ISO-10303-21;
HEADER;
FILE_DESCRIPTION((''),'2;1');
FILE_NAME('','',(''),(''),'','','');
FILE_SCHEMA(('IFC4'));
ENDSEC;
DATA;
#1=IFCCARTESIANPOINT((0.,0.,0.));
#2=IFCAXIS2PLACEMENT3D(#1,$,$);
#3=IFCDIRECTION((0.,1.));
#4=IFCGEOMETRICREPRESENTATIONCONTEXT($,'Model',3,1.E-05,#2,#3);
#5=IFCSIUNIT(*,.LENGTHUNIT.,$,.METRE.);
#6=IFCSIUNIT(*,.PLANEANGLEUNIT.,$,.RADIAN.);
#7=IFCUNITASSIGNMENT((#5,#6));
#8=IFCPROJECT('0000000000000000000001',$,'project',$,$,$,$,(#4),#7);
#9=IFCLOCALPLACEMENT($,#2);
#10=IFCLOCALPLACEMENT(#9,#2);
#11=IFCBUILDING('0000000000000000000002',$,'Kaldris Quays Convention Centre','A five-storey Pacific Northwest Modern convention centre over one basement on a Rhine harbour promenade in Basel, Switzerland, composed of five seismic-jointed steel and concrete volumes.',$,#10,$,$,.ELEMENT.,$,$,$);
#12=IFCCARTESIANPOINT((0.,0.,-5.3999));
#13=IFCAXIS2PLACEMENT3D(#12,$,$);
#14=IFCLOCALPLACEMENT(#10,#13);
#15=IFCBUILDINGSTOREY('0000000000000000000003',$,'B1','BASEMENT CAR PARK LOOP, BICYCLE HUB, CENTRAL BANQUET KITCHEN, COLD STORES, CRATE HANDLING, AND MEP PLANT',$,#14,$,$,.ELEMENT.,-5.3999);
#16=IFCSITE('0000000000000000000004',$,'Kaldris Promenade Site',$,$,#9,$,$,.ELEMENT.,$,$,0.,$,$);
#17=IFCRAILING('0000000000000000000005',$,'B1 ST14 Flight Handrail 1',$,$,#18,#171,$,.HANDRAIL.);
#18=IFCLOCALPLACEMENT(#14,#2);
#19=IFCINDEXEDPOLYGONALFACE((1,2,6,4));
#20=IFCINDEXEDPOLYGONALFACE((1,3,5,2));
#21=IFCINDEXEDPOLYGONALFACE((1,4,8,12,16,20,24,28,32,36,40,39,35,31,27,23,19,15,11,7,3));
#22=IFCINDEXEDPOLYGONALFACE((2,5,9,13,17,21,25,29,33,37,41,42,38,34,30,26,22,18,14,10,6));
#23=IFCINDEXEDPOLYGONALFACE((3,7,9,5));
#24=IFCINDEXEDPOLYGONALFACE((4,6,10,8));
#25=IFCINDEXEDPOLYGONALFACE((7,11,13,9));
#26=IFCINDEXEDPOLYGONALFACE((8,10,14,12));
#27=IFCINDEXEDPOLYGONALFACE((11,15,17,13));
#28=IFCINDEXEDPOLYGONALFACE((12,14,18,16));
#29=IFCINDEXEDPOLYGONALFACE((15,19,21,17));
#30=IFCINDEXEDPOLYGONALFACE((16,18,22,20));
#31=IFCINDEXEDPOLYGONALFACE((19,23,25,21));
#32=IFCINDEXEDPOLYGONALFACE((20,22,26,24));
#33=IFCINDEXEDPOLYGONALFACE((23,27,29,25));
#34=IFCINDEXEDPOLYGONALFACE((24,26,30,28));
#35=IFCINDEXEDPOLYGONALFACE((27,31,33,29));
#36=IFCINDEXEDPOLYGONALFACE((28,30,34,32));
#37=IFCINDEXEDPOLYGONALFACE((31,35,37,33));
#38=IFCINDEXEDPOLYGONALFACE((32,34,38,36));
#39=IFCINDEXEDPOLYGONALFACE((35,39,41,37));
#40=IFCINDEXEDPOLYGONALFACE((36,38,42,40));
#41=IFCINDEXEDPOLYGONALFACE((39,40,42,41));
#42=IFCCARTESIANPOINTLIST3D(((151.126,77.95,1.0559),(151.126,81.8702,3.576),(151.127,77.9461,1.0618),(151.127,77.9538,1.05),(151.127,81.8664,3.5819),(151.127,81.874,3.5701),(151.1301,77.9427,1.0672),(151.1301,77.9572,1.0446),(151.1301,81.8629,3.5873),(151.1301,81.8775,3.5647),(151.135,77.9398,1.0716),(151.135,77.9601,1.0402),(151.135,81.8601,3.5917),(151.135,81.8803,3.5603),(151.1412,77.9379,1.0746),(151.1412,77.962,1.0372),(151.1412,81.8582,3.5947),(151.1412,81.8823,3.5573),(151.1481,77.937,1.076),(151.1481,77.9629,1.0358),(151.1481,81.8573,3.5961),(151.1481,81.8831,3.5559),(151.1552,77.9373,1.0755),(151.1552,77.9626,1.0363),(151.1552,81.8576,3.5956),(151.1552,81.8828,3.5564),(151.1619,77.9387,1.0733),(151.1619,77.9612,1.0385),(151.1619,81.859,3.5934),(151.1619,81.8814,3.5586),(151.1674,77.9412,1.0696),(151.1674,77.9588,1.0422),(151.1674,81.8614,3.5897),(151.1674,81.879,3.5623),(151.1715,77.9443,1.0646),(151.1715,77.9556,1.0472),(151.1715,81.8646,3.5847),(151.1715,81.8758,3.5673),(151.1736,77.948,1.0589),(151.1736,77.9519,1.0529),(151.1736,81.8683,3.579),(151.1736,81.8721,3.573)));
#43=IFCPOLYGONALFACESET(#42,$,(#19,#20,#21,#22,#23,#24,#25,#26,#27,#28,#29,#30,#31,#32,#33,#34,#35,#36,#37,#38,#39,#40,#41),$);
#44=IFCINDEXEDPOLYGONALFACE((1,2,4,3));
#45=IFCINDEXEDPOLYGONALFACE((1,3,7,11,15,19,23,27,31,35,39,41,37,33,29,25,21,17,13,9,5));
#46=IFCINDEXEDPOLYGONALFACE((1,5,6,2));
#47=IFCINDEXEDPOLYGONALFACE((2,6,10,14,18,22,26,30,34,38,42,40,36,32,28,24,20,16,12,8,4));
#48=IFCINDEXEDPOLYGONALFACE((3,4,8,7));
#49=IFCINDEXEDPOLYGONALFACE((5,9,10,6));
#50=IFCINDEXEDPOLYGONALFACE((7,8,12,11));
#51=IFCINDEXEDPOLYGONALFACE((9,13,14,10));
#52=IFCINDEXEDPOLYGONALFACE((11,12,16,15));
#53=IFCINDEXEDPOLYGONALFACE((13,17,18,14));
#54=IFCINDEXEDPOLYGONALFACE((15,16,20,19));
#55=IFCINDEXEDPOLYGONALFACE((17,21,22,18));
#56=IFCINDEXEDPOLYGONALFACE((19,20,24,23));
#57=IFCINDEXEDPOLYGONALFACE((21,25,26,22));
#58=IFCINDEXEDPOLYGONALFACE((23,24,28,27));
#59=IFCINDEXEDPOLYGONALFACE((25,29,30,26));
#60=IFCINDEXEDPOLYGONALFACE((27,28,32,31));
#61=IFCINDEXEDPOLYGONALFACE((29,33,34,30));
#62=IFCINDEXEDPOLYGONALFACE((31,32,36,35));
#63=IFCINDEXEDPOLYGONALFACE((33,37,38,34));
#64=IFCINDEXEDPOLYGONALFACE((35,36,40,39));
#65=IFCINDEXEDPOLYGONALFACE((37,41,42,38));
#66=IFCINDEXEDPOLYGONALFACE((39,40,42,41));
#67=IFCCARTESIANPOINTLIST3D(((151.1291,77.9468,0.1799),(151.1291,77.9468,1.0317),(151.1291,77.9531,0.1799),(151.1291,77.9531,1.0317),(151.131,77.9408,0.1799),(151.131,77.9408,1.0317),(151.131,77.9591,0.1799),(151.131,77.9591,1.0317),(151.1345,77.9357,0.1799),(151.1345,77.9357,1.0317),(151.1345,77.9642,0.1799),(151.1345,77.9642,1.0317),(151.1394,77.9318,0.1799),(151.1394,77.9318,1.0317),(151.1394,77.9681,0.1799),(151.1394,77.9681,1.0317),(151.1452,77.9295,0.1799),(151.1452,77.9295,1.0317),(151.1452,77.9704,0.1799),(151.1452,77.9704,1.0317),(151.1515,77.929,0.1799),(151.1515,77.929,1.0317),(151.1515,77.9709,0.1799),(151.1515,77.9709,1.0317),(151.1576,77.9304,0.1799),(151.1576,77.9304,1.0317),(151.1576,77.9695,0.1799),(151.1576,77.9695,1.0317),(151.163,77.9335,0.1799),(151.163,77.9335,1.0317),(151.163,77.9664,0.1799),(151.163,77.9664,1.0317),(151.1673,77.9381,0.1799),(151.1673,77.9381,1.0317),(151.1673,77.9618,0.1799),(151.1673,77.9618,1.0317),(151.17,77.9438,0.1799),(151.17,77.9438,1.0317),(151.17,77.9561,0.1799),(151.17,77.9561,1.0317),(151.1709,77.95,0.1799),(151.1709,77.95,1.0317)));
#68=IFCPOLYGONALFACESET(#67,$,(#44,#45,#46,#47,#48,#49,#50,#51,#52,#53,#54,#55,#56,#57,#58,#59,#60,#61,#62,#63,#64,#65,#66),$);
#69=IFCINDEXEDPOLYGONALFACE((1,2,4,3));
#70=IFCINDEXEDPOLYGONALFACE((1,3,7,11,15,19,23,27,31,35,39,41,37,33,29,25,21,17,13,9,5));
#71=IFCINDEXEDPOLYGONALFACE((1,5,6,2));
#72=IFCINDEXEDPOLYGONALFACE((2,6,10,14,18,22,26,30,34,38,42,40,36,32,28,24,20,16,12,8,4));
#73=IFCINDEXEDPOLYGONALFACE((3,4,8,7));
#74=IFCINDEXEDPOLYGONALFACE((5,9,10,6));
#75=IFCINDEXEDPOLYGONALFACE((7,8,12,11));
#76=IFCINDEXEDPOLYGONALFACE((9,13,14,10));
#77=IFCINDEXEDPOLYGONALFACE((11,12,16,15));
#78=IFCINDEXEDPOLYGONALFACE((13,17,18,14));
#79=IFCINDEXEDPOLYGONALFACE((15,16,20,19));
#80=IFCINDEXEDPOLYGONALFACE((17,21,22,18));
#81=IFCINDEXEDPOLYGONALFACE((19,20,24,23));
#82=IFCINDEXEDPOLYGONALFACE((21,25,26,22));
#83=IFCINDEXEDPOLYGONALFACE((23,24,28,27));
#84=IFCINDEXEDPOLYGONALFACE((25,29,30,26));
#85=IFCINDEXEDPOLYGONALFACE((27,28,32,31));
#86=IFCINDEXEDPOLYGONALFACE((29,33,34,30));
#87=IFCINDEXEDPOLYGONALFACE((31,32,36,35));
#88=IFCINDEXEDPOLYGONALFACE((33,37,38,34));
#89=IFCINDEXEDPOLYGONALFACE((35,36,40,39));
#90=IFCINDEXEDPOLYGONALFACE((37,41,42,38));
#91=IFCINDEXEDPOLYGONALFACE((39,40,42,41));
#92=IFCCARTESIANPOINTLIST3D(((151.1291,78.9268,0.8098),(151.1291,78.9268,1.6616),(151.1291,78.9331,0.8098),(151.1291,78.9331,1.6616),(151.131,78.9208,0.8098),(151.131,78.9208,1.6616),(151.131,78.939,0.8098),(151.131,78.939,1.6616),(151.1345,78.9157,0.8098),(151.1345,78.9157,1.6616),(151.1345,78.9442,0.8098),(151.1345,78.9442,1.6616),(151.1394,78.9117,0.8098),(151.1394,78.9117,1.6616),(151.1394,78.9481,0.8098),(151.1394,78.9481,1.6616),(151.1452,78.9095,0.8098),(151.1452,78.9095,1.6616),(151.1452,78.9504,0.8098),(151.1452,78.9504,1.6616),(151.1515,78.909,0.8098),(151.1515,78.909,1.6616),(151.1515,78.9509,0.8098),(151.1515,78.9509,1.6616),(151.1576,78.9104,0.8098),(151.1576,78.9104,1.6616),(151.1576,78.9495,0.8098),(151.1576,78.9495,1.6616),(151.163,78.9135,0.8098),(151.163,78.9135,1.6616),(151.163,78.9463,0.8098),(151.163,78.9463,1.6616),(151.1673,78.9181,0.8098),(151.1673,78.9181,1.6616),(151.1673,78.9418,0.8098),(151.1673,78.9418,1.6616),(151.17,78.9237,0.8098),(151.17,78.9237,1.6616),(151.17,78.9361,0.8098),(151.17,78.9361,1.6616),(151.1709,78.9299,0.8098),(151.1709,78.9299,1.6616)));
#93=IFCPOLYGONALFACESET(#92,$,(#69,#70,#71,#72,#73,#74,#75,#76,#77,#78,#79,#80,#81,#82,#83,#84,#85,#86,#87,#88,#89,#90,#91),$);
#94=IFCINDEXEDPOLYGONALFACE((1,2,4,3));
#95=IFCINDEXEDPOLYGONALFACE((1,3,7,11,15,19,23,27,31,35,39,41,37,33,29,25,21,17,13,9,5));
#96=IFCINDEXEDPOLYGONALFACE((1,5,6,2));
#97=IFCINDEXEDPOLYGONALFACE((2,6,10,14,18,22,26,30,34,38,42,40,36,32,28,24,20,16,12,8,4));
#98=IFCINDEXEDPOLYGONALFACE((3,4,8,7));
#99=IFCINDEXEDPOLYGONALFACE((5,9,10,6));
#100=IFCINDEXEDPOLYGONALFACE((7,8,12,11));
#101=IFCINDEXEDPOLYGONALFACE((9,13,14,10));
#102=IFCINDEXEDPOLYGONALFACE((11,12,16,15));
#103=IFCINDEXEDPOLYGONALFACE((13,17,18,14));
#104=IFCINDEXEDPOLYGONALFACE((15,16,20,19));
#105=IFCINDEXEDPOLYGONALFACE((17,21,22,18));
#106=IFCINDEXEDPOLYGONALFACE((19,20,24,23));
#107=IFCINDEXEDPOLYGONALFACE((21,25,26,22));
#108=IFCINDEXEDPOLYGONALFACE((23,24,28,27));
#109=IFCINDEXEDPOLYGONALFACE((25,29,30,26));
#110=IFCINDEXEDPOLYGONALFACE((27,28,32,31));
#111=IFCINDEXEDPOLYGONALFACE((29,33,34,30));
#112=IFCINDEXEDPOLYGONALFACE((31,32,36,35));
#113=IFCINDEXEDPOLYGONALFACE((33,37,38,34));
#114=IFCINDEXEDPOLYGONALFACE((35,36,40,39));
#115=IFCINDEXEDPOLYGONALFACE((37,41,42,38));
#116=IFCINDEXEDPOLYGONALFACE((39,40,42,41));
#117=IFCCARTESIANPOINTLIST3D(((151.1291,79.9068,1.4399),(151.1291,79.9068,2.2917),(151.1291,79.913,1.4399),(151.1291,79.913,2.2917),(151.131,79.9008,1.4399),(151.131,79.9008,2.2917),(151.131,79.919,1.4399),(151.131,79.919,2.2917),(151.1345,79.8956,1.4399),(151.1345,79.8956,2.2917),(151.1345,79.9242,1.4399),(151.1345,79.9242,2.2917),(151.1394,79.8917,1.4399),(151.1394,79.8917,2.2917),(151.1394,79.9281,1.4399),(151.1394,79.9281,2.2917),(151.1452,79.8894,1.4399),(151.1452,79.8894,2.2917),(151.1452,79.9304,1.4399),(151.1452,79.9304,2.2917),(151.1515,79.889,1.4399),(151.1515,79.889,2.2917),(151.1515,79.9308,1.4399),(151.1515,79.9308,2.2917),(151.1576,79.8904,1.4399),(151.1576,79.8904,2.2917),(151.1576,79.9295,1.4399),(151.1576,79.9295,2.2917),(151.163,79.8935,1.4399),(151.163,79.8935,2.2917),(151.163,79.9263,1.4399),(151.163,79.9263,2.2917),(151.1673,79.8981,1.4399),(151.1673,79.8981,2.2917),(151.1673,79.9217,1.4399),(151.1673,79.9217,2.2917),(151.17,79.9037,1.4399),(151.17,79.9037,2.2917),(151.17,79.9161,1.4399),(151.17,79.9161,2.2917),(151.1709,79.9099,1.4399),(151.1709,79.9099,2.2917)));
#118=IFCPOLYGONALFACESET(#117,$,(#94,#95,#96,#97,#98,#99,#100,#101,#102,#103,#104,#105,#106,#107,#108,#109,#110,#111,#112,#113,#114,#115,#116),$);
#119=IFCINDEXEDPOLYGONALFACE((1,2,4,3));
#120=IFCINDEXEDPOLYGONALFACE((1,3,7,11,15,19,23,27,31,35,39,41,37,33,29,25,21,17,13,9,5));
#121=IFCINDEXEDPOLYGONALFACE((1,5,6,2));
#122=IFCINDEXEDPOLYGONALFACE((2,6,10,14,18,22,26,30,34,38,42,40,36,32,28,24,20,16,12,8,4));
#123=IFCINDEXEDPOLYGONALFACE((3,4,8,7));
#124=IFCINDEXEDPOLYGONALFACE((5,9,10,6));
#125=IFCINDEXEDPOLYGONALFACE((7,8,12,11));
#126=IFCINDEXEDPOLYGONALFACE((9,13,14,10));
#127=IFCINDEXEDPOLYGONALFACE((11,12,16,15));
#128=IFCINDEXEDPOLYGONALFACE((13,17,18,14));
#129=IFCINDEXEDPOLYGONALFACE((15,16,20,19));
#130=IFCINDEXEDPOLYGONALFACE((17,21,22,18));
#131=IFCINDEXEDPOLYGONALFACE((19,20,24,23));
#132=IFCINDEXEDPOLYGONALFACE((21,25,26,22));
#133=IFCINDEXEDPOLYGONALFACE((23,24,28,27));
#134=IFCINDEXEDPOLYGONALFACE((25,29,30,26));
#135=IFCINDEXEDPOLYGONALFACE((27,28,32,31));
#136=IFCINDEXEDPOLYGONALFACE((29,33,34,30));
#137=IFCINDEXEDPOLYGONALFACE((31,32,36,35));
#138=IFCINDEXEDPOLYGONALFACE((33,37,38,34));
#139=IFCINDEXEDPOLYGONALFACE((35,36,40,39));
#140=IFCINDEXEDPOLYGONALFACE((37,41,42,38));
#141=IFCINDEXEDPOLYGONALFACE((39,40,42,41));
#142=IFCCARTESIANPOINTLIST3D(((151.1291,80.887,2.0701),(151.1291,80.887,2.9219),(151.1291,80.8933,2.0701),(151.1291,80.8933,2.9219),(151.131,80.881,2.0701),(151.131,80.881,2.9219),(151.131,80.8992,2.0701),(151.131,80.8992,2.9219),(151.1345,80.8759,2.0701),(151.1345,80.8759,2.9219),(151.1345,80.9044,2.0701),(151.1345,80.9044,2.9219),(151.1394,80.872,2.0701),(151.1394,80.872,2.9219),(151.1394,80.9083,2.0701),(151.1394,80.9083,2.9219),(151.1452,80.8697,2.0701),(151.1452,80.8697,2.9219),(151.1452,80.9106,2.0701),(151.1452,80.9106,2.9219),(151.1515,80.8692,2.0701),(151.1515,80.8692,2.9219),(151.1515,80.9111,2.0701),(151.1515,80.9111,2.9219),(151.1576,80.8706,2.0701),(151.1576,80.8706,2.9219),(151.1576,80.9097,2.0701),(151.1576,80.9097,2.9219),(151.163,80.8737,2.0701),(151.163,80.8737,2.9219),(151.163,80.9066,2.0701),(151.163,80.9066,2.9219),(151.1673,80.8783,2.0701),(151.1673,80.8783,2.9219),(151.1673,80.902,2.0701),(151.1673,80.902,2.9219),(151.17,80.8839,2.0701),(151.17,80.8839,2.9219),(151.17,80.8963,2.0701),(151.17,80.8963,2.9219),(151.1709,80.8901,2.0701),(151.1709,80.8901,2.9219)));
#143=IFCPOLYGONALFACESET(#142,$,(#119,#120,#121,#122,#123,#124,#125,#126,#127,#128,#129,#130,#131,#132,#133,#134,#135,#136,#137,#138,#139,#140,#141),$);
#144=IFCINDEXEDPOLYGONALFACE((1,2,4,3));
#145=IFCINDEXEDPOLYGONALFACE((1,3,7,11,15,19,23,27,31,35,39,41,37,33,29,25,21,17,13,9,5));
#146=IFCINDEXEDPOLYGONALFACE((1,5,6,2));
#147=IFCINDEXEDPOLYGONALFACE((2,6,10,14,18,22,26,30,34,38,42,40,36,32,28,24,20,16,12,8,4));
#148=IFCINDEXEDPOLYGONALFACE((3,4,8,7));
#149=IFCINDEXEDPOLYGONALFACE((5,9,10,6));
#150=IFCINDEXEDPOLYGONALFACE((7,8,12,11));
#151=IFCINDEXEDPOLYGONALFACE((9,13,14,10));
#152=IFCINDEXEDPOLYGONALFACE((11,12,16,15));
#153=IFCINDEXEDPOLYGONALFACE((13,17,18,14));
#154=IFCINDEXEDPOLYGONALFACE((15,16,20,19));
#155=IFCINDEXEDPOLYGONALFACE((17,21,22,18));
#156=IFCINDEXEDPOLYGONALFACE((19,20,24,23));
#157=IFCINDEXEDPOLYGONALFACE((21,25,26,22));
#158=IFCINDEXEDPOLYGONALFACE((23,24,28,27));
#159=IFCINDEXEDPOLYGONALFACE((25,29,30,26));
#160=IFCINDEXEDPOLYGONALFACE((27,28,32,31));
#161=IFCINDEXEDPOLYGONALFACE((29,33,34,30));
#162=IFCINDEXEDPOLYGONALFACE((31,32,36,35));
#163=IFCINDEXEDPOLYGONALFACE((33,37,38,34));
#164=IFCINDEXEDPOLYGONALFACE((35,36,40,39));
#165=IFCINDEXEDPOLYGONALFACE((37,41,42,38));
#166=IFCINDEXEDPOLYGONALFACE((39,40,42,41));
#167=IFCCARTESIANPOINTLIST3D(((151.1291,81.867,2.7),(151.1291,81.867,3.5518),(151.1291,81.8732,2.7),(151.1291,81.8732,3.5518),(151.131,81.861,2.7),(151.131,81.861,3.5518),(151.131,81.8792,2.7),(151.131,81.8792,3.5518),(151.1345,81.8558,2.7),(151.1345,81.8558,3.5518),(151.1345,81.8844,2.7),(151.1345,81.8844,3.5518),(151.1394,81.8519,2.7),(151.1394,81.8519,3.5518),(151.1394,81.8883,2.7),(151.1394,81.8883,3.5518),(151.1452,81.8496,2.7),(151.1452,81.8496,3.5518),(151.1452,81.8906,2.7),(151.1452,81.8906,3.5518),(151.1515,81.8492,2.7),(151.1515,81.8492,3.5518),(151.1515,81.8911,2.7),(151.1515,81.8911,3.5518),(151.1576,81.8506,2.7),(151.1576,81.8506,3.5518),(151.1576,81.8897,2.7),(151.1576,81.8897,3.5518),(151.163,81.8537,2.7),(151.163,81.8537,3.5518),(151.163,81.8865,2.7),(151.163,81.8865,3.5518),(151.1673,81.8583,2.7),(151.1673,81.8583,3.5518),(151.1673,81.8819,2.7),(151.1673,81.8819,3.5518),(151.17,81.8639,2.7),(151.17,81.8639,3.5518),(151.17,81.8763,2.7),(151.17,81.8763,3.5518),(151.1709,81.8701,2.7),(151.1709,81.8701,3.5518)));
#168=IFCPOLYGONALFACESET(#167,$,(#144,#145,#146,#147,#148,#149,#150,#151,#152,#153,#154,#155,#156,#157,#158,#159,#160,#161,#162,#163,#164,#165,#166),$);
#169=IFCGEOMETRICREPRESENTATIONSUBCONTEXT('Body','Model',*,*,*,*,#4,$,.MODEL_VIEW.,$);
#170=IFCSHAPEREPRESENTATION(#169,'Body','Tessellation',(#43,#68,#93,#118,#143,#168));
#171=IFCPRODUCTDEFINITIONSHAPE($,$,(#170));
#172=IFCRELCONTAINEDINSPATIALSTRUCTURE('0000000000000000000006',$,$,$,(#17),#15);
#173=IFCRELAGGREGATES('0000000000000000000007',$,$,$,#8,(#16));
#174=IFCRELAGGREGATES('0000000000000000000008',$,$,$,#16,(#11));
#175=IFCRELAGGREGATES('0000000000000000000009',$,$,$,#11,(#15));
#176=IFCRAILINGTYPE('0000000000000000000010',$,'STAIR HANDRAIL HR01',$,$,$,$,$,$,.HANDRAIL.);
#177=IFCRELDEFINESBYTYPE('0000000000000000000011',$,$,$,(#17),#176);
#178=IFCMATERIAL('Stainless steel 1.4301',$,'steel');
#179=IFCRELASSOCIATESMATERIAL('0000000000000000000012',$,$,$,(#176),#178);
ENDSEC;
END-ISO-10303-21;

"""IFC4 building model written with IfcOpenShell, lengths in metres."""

from ifc_helpers import new_model, si_unit, direction, frame, origin, origin_2d, place, context, subcontext, project, spatial, circle, extrude, material, type_object, element, save


model = new_model("IFC4")

# Units and contexts
model_context = context("Model", 3, precision=1e-05, world=origin(), true_north=direction((0.0, 1.0)))
body_context = subcontext(model_context, "Body", "Model", "MODEL_VIEW")
ifc_project = project(units=[si_unit("LENGTHUNIT", "METRE"), si_unit("PLANEANGLEUNIT", "RADIAN")], contexts=[model_context])

# Site, building, storey
site_placement = place(None, origin())
site = spatial("IfcSite", under=ifc_project, at=site_placement, Name="Kaldris Promenade Site", CompositionType="ELEMENT", RefElevation=0.0)
building_placement = place(site_placement, origin())
building = spatial("IfcBuilding", under=site, at=building_placement, Name="Kaldris Quays Convention Centre", Description="A five-storey Pacific Northwest Modern convention centre over one basement on a Rhine harbour promenade in Basel, Switzerland, composed of five seismic-jointed steel and concrete volumes.", CompositionType="ELEMENT")
storey_placement = place(building_placement, frame((0.0, 0.0, -5.3999)))
storey = spatial("IfcBuildingStorey", under=building, at=storey_placement, Name="B1", Description="BASEMENT CAR PARK LOOP, BICYCLE HUB, CENTRAL BANQUET KITCHEN, COLD STORES, CRATE HANDLING, AND MEP PLANT", CompositionType="ELEMENT", Elevation=-5.3999)

# Railing
ifc_material_1 = material(Name="Stainless steel 1.4301", Category="steel")
railing_type_1 = type_object("IfcRailingType", Name="STAIR HANDRAIL HR01", PredefinedType="HANDRAIL", material=ifc_material_1)
railing_1_placement = place(storey_placement, frame((151.1499, 77.95, 0.1799)))
element("IfcRailing", 1, at=railing_1_placement, inside=storey, type_object=railing_type_1, Name="B1 ST14 Flight Handrail 1", PredefinedType="HANDRAIL", context=body_context, shape_type="SweptSolid", body=[
    extrude(circle(Radius=0.0239, at=origin_2d()), frame((0.0, 0.0, 0.876), z_axis=(0.0, 0.841187, 0.540744), x_axis=(-1.0, 0.0, 0.0)), (0.0, 0.0, 1.0), 4.6604),
    extrude(circle(Radius=0.021, at=origin_2d()), origin(), (0.0, 0.0, 1.0), 0.8518),
    extrude(circle(Radius=0.021, at=origin_2d()), frame((0.0, 0.98, 0.6299)), (0.0, 0.0, 1.0), 0.8518),
    extrude(circle(Radius=0.021, at=origin_2d()), frame((0.0, 1.96, 1.26)), (0.0, 0.0, 1.0), 0.8518),
    extrude(circle(Radius=0.021, at=origin_2d()), frame((0.0, 2.9402, 1.8901)), (0.0, 0.0, 1.0), 0.8518),
    extrude(circle(Radius=0.021, at=origin_2d()), frame((0.0, 3.9202, 2.52)), (0.0, 0.0, 1.0), 0.8518),
])

save(model, "model.ifc")
